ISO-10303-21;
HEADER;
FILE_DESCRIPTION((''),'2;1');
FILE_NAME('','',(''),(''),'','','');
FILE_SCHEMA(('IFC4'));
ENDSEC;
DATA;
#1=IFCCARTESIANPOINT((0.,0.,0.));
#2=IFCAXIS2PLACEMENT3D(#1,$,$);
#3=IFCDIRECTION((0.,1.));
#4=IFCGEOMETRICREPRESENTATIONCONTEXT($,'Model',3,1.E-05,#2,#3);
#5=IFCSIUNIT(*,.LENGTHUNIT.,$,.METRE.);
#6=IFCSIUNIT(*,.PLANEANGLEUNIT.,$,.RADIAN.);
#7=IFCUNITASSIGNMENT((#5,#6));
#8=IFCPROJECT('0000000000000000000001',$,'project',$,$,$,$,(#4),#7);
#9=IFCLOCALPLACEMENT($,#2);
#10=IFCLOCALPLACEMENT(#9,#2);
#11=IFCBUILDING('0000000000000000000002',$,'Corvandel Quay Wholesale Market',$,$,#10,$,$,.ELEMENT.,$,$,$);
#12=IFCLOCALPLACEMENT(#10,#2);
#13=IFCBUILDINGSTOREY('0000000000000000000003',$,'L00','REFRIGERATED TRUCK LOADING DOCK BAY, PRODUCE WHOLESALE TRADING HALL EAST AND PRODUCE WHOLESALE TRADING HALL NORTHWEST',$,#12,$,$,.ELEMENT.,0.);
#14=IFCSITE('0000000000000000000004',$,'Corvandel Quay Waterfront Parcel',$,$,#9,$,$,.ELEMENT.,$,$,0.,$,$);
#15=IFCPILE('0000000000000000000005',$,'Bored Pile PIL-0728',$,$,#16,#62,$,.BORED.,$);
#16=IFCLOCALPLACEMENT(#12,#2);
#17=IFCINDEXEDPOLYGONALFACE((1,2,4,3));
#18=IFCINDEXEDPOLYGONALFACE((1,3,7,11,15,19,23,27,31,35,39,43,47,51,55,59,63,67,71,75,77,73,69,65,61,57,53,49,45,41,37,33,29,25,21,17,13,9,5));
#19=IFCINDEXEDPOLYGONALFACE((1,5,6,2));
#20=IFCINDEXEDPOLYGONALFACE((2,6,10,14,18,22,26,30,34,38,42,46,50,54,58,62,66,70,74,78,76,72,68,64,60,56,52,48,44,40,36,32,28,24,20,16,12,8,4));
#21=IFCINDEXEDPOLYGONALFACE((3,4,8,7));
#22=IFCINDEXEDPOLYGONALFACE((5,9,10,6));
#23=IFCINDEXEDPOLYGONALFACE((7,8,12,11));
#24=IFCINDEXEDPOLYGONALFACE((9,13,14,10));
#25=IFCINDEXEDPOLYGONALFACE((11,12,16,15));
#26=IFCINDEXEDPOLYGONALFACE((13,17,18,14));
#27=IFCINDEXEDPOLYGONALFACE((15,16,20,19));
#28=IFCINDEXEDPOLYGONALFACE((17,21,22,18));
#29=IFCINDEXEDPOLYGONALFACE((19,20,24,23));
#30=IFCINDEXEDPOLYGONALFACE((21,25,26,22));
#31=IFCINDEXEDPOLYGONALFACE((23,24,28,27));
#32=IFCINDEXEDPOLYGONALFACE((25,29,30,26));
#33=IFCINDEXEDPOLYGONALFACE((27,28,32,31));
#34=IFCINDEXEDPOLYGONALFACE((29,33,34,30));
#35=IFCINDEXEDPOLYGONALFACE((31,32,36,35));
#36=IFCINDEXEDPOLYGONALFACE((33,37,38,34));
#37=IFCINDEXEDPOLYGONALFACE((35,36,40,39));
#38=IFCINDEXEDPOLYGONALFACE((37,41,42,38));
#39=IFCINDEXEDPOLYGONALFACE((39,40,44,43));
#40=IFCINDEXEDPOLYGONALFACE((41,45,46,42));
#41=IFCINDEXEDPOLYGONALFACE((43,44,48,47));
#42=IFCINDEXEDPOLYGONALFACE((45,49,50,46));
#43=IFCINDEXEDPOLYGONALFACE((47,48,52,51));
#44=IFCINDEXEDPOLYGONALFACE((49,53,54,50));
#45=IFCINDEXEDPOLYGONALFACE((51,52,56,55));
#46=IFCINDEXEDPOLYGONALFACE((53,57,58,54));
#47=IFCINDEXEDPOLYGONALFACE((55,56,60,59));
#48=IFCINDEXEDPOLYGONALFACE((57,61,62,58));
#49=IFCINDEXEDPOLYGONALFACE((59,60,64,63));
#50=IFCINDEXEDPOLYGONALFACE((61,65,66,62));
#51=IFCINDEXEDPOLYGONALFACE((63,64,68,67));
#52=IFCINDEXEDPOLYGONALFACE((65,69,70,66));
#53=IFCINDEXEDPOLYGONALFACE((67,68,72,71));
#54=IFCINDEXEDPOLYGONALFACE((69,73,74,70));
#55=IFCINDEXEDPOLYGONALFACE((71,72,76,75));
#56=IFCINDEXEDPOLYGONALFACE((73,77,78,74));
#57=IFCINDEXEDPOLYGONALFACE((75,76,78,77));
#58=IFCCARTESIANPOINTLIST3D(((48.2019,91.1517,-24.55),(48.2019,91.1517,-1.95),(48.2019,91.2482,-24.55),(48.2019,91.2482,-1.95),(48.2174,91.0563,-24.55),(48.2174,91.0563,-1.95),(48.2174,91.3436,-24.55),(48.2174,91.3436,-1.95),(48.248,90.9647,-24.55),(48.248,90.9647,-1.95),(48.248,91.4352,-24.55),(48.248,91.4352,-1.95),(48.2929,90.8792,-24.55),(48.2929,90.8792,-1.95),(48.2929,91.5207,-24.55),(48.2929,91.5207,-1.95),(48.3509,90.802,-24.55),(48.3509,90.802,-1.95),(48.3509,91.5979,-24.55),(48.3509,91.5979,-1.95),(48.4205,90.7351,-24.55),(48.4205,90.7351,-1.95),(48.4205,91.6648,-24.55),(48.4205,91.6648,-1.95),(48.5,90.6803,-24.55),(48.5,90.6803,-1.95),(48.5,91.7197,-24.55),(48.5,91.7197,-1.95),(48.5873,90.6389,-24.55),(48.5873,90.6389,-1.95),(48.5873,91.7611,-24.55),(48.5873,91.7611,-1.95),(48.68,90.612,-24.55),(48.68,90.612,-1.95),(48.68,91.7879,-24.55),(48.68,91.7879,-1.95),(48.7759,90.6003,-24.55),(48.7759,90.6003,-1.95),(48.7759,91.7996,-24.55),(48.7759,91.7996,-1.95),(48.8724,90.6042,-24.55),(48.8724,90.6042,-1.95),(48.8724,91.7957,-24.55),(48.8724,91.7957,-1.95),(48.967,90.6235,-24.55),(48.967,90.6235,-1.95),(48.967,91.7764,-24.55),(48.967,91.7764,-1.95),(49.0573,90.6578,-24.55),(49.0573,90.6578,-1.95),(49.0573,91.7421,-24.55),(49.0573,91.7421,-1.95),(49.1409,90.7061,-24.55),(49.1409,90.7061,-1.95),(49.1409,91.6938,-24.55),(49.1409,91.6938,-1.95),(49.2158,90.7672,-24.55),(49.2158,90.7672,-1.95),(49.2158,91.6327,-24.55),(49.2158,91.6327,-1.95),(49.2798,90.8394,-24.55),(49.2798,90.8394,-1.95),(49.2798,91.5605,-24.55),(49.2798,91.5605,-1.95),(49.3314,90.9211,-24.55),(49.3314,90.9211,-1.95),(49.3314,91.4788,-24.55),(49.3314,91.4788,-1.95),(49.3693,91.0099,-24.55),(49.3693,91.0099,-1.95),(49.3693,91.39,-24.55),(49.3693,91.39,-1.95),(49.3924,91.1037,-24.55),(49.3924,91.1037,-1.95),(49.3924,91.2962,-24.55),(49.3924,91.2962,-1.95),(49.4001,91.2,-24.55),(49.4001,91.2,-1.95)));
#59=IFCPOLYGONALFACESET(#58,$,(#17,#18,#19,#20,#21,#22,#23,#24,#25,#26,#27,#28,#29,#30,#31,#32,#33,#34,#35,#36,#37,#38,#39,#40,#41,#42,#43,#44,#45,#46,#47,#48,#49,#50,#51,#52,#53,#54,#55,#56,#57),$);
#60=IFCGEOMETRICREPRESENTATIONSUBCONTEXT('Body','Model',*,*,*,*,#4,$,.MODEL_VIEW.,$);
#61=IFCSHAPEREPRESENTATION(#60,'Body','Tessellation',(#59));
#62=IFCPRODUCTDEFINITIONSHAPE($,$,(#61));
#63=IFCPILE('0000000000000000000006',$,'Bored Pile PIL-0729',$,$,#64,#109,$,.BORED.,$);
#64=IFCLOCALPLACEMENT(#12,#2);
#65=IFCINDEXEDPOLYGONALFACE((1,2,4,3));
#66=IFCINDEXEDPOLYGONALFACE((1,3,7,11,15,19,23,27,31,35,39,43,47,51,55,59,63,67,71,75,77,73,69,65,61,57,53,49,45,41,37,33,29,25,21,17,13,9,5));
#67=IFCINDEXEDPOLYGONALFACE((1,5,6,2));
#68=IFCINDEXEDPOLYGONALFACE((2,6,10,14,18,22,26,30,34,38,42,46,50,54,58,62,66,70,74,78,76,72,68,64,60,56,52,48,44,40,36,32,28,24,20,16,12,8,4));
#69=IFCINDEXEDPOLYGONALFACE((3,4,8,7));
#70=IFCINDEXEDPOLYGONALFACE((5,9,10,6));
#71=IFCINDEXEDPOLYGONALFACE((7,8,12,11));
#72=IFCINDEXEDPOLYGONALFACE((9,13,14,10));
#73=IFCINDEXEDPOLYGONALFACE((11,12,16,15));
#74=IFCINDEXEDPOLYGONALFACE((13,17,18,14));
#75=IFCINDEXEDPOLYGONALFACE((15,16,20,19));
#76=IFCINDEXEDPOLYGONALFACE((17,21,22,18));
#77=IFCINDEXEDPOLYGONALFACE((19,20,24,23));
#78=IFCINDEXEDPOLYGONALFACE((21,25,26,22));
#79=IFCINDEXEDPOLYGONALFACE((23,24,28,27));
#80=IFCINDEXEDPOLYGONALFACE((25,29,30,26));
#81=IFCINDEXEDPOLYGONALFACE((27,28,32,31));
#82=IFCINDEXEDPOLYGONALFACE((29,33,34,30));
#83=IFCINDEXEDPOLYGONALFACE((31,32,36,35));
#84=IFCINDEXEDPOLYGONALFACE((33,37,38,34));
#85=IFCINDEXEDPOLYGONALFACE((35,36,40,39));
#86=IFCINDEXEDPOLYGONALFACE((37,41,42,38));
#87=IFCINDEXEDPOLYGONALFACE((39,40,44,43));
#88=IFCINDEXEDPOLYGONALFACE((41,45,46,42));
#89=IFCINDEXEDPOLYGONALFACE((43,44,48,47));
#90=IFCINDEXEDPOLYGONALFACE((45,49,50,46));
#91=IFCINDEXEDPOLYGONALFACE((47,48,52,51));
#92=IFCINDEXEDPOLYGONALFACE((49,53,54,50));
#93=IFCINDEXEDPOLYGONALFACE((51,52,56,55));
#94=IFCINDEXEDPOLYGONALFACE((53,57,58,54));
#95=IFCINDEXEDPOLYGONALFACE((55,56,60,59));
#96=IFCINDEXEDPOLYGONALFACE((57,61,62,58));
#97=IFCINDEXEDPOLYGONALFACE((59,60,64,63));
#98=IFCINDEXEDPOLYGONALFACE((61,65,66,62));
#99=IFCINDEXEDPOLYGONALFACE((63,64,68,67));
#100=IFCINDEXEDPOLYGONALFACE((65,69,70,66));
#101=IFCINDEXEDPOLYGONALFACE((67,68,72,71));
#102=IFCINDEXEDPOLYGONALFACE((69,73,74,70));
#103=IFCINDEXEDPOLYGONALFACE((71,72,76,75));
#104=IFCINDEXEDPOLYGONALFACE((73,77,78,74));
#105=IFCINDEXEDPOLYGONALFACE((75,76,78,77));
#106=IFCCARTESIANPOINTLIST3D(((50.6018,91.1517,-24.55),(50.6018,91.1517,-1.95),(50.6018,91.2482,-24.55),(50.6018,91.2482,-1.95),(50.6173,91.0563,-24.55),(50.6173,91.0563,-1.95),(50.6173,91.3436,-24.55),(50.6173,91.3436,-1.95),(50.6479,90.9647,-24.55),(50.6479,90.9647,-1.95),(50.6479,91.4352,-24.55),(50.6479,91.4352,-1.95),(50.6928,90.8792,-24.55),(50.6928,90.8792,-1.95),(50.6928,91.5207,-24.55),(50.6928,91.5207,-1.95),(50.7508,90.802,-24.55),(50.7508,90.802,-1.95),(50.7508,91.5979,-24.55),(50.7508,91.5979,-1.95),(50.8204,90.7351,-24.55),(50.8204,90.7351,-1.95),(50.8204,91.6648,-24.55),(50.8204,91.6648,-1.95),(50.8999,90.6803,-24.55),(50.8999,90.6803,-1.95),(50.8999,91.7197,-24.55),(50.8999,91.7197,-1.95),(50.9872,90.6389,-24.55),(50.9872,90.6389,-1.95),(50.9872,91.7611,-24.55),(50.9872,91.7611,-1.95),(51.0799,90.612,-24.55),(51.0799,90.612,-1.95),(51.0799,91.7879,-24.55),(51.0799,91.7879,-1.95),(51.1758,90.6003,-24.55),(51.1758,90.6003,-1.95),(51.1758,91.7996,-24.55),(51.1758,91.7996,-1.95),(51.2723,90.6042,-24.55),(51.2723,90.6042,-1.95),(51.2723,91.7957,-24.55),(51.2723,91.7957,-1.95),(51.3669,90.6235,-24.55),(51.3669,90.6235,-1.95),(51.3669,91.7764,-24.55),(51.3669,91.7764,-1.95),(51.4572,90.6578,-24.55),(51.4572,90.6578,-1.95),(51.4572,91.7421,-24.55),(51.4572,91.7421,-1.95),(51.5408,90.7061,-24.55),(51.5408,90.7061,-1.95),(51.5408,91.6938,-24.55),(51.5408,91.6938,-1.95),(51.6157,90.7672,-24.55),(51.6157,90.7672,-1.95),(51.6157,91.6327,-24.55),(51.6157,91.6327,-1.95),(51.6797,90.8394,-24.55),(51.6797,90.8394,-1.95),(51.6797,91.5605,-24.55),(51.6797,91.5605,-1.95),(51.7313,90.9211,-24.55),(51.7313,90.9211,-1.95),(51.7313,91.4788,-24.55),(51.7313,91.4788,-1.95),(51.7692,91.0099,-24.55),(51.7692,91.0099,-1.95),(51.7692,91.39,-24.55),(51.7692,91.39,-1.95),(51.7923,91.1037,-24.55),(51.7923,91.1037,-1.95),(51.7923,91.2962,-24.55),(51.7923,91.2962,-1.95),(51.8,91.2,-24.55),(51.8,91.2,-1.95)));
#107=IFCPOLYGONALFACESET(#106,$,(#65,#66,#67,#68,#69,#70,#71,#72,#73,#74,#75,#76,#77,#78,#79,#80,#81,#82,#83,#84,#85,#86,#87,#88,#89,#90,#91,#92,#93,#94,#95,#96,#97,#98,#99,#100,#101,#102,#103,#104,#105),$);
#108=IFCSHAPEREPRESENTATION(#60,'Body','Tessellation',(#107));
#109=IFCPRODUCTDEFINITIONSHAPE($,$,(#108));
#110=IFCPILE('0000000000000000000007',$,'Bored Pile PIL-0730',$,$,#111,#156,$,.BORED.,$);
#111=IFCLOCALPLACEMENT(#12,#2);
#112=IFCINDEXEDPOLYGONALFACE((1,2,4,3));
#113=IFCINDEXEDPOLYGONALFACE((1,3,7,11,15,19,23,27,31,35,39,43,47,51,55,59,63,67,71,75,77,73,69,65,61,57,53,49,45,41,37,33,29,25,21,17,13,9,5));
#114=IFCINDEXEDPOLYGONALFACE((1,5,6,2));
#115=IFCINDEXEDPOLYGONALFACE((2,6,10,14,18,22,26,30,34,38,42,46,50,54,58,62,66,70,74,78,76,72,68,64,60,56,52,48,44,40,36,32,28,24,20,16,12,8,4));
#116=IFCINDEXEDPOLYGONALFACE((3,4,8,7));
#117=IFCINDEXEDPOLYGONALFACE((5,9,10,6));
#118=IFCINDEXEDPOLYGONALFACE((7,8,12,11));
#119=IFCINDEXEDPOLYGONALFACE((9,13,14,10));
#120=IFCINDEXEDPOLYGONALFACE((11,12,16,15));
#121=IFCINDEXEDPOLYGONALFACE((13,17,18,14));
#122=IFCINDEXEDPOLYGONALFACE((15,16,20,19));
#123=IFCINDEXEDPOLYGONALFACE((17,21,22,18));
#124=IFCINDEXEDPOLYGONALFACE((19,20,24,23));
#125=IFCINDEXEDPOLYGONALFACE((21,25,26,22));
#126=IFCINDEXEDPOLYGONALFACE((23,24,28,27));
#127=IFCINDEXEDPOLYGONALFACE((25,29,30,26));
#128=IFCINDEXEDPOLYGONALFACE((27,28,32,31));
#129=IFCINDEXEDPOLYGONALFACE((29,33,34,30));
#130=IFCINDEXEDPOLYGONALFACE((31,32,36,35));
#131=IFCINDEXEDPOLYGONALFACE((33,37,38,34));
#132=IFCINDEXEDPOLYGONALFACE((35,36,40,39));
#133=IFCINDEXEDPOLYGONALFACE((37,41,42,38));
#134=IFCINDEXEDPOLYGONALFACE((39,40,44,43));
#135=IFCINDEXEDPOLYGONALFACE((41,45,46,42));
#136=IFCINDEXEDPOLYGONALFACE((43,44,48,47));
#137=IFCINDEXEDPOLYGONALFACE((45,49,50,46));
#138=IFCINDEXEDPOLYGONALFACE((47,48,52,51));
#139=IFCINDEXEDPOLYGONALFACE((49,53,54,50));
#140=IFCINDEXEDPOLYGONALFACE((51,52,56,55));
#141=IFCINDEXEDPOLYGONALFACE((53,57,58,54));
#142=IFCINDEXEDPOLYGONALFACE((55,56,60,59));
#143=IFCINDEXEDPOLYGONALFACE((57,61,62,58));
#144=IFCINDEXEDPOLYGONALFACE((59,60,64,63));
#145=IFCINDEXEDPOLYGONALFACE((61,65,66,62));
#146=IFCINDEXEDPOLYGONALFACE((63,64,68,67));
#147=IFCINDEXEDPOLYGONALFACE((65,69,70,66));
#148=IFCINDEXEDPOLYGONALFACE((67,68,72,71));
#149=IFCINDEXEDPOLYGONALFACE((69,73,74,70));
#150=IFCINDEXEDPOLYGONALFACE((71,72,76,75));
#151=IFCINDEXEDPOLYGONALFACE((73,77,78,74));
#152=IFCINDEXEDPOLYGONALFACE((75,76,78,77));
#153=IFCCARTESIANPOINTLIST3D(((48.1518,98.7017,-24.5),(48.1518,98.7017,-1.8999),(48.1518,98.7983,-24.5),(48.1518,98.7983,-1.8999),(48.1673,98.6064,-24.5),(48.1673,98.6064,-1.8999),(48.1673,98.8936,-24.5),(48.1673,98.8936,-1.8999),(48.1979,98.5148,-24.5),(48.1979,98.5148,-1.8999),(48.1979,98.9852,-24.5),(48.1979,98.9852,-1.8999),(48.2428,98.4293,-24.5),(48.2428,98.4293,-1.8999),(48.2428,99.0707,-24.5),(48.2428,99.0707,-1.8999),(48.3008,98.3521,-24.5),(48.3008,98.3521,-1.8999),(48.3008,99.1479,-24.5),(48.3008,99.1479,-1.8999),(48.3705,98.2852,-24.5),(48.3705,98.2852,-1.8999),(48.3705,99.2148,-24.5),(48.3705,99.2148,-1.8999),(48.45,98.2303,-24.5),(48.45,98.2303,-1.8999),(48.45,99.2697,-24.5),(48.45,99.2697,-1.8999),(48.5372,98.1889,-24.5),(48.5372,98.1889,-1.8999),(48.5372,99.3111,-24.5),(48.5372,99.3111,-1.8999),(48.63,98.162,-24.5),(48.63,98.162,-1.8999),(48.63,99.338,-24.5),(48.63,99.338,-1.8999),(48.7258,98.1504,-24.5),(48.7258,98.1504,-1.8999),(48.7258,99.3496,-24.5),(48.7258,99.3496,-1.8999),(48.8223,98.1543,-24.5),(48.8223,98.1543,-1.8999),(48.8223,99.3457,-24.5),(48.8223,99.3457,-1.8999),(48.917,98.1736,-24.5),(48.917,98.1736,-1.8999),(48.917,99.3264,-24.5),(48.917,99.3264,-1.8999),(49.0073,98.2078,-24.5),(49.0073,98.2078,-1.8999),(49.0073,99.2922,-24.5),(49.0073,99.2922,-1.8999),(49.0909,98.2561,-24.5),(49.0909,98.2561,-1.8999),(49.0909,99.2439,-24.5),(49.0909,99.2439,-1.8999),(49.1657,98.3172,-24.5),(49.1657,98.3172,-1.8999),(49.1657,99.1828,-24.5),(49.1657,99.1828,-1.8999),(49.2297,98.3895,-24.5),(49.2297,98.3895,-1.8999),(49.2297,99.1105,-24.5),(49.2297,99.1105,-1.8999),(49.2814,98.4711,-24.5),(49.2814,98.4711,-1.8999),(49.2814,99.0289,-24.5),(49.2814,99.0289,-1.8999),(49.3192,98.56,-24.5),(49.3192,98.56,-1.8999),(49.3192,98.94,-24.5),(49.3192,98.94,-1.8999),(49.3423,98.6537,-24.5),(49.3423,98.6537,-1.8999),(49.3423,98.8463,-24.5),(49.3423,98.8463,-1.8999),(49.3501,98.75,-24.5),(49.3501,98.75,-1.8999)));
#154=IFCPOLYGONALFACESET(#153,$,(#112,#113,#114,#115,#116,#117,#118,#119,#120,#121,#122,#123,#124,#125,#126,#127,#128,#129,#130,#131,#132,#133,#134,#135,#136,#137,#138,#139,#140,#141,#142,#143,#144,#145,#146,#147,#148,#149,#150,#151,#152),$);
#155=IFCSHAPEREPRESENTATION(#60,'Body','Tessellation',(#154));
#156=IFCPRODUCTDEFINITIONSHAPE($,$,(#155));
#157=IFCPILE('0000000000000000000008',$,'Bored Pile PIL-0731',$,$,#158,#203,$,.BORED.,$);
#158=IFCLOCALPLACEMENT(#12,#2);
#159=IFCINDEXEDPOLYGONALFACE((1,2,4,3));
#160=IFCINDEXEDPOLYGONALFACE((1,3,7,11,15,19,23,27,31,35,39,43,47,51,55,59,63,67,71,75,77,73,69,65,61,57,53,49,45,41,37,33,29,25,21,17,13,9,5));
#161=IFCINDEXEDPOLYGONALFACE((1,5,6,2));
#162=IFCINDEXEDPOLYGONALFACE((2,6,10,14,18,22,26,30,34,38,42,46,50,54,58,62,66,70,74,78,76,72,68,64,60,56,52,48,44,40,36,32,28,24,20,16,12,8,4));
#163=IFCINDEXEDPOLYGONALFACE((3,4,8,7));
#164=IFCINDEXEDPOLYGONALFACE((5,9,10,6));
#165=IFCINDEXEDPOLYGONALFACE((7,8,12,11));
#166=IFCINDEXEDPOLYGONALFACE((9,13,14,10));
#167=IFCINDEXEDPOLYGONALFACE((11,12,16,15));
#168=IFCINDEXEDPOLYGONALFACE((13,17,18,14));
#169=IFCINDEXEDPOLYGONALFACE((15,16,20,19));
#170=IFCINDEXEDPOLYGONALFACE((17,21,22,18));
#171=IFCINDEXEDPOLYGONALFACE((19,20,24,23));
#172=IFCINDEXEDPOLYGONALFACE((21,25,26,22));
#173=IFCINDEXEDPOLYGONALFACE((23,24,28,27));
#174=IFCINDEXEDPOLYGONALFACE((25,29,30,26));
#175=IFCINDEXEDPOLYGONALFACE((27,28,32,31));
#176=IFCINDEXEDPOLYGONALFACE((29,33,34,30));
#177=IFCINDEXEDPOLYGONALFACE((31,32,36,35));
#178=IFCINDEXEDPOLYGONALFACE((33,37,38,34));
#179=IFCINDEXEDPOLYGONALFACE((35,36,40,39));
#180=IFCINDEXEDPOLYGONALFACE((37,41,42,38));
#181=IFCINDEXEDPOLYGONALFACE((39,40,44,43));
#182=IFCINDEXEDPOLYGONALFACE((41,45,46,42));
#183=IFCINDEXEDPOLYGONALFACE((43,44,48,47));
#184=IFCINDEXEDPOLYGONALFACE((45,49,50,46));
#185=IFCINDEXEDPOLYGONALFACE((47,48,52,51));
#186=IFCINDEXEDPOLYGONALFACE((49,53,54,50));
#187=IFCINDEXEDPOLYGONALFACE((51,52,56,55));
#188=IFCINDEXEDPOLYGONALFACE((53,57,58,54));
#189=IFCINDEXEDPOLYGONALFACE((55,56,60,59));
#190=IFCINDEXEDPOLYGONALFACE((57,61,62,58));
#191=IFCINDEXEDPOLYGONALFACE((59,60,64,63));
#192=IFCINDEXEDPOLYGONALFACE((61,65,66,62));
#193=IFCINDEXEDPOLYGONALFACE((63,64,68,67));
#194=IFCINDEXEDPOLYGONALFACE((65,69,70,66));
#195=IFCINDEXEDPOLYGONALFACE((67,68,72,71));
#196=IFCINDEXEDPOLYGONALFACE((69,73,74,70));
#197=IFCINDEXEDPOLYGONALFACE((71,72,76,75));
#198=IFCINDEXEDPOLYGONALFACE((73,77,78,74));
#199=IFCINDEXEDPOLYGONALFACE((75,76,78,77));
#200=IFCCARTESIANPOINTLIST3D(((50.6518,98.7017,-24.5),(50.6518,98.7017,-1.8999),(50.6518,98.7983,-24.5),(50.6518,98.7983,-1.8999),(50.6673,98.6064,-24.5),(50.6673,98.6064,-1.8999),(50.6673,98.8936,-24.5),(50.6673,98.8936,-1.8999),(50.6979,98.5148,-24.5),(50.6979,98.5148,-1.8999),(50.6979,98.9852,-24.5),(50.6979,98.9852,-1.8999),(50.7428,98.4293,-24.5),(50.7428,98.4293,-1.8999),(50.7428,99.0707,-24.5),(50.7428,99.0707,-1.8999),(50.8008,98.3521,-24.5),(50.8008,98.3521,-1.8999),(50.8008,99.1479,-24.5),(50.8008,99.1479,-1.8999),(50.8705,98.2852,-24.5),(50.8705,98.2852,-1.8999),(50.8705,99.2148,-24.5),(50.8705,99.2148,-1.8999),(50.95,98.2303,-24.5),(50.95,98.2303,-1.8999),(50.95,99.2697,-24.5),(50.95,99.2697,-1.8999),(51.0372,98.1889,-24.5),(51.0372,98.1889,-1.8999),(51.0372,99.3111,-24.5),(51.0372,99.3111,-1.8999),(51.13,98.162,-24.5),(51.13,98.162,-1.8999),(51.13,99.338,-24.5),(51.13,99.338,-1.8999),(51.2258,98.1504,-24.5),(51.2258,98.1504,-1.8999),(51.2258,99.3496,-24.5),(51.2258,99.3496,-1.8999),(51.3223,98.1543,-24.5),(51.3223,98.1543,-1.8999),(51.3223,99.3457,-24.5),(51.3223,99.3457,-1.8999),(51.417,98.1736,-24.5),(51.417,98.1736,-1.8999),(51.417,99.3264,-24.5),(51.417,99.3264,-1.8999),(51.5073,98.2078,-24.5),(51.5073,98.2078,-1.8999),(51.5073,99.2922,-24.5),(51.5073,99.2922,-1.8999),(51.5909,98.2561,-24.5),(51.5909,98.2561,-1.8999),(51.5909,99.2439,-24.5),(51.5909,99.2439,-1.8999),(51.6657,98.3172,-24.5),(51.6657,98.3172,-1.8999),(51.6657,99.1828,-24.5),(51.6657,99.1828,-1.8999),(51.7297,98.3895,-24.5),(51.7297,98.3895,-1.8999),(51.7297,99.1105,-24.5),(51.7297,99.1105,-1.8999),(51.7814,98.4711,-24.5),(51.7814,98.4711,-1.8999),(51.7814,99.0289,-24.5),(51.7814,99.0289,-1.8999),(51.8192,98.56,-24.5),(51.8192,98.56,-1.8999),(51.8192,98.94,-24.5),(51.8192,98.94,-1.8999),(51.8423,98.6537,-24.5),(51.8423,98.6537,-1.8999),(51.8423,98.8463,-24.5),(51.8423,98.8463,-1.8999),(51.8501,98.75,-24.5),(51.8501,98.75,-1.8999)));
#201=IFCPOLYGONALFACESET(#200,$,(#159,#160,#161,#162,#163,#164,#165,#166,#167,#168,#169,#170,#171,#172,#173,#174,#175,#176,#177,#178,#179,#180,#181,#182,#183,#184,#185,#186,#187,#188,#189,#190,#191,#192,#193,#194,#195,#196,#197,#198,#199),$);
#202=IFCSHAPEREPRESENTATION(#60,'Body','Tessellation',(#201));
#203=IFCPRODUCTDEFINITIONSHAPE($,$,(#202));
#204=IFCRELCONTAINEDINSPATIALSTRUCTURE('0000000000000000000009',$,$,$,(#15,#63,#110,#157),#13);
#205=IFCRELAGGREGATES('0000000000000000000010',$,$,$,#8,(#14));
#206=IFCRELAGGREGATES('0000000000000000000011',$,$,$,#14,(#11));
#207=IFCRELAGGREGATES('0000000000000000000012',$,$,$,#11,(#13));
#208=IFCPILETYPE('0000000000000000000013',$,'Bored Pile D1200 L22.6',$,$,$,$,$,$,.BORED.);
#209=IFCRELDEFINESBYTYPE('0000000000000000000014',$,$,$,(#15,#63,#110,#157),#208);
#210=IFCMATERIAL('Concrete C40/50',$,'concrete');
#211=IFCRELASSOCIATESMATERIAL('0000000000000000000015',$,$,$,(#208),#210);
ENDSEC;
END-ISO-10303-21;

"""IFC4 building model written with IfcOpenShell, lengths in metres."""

from ifc_helpers import new_model, si_unit, direction, frame, origin, origin_2d, place, context, subcontext, project, spatial, circle, extrude, material, material_profile, profile_set, type_object, element, save


model = new_model("IFC4")

# Units and contexts
model_context = context("Model", 3, precision=1e-05, world=origin(), true_north=direction((0.0, 1.0)))
body_context = subcontext(model_context, "Body", "Model", "MODEL_VIEW")
ifc_project = project(units=[si_unit("LENGTHUNIT", "METRE"), si_unit("PLANEANGLEUNIT", "RADIAN")], contexts=[model_context])

# Site, building, storey
site_placement = place(None, origin())
site = spatial("IfcSite", under=ifc_project, at=site_placement, Name="Corvandel Quay Waterfront Parcel", CompositionType="ELEMENT", RefElevation=0.0)
building_placement = place(site_placement, origin())
building = spatial("IfcBuilding", under=site, at=building_placement, Name="Corvandel Quay Wholesale Market", CompositionType="ELEMENT")
storey_placement = place(building_placement, origin())
storey = spatial("IfcBuildingStorey", under=building, at=storey_placement, Name="L00", Description="REFRIGERATED TRUCK LOADING DOCK BAY, PRODUCE WHOLESALE TRADING HALL EAST AND PRODUCE WHOLESALE TRADING HALL NORTHWEST", CompositionType="ELEMENT", Elevation=0.0)

# Piles
ifc_material_1 = material(Name="Concrete C40/50", Category="concrete")
ifc_material_profile_1 = material_profile(ifc_material_1, circle(Radius=0.6001, at=origin_2d()), Name="RC-PILE-D1200")
ifc_profile_set_1 = profile_set([ifc_material_profile_1], Name="Concrete C40/50")
pile_type_1 = type_object("IfcPileType", Name="Bored Pile D1200 L22.6", PredefinedType="BORED", material=ifc_profile_set_1)
for number, where, z_axis, x_axis, name in (
    (1, (48.8, 91.2, -1.95), (0.0, 0.0, -1.0), (1.0, 0.0, 0.0), "Bored Pile PIL-0728"),
    (2, (51.2, 91.2, -1.95), (0.0, 0.0, -1.0), (1.0, 0.0, 0.0), "Bored Pile PIL-0729"),
    (3, (48.75, 98.75, -1.8999), (0.0, 0.0, -1.0), (1.0, 0.0, 0.0), "Bored Pile PIL-0730"),
    (4, (51.25, 98.75, -1.8999), (0.0, 0.0, -1.0), (1.0, 0.0, 0.0), "Bored Pile PIL-0731"),
):
    element("IfcPile", number, at=place(storey_placement, frame(where, z_axis=z_axis, x_axis=x_axis)), inside=storey, type_object=pile_type_1, Name=name, PredefinedType="BORED", context=body_context, shape_type="SweptSolid", body=[
        extrude(circle(Radius=0.6001, at=origin_2d()), origin(), (0.0, 0.0, 1.0), 22.6001),
    ])

save(model, "model.ifc")
